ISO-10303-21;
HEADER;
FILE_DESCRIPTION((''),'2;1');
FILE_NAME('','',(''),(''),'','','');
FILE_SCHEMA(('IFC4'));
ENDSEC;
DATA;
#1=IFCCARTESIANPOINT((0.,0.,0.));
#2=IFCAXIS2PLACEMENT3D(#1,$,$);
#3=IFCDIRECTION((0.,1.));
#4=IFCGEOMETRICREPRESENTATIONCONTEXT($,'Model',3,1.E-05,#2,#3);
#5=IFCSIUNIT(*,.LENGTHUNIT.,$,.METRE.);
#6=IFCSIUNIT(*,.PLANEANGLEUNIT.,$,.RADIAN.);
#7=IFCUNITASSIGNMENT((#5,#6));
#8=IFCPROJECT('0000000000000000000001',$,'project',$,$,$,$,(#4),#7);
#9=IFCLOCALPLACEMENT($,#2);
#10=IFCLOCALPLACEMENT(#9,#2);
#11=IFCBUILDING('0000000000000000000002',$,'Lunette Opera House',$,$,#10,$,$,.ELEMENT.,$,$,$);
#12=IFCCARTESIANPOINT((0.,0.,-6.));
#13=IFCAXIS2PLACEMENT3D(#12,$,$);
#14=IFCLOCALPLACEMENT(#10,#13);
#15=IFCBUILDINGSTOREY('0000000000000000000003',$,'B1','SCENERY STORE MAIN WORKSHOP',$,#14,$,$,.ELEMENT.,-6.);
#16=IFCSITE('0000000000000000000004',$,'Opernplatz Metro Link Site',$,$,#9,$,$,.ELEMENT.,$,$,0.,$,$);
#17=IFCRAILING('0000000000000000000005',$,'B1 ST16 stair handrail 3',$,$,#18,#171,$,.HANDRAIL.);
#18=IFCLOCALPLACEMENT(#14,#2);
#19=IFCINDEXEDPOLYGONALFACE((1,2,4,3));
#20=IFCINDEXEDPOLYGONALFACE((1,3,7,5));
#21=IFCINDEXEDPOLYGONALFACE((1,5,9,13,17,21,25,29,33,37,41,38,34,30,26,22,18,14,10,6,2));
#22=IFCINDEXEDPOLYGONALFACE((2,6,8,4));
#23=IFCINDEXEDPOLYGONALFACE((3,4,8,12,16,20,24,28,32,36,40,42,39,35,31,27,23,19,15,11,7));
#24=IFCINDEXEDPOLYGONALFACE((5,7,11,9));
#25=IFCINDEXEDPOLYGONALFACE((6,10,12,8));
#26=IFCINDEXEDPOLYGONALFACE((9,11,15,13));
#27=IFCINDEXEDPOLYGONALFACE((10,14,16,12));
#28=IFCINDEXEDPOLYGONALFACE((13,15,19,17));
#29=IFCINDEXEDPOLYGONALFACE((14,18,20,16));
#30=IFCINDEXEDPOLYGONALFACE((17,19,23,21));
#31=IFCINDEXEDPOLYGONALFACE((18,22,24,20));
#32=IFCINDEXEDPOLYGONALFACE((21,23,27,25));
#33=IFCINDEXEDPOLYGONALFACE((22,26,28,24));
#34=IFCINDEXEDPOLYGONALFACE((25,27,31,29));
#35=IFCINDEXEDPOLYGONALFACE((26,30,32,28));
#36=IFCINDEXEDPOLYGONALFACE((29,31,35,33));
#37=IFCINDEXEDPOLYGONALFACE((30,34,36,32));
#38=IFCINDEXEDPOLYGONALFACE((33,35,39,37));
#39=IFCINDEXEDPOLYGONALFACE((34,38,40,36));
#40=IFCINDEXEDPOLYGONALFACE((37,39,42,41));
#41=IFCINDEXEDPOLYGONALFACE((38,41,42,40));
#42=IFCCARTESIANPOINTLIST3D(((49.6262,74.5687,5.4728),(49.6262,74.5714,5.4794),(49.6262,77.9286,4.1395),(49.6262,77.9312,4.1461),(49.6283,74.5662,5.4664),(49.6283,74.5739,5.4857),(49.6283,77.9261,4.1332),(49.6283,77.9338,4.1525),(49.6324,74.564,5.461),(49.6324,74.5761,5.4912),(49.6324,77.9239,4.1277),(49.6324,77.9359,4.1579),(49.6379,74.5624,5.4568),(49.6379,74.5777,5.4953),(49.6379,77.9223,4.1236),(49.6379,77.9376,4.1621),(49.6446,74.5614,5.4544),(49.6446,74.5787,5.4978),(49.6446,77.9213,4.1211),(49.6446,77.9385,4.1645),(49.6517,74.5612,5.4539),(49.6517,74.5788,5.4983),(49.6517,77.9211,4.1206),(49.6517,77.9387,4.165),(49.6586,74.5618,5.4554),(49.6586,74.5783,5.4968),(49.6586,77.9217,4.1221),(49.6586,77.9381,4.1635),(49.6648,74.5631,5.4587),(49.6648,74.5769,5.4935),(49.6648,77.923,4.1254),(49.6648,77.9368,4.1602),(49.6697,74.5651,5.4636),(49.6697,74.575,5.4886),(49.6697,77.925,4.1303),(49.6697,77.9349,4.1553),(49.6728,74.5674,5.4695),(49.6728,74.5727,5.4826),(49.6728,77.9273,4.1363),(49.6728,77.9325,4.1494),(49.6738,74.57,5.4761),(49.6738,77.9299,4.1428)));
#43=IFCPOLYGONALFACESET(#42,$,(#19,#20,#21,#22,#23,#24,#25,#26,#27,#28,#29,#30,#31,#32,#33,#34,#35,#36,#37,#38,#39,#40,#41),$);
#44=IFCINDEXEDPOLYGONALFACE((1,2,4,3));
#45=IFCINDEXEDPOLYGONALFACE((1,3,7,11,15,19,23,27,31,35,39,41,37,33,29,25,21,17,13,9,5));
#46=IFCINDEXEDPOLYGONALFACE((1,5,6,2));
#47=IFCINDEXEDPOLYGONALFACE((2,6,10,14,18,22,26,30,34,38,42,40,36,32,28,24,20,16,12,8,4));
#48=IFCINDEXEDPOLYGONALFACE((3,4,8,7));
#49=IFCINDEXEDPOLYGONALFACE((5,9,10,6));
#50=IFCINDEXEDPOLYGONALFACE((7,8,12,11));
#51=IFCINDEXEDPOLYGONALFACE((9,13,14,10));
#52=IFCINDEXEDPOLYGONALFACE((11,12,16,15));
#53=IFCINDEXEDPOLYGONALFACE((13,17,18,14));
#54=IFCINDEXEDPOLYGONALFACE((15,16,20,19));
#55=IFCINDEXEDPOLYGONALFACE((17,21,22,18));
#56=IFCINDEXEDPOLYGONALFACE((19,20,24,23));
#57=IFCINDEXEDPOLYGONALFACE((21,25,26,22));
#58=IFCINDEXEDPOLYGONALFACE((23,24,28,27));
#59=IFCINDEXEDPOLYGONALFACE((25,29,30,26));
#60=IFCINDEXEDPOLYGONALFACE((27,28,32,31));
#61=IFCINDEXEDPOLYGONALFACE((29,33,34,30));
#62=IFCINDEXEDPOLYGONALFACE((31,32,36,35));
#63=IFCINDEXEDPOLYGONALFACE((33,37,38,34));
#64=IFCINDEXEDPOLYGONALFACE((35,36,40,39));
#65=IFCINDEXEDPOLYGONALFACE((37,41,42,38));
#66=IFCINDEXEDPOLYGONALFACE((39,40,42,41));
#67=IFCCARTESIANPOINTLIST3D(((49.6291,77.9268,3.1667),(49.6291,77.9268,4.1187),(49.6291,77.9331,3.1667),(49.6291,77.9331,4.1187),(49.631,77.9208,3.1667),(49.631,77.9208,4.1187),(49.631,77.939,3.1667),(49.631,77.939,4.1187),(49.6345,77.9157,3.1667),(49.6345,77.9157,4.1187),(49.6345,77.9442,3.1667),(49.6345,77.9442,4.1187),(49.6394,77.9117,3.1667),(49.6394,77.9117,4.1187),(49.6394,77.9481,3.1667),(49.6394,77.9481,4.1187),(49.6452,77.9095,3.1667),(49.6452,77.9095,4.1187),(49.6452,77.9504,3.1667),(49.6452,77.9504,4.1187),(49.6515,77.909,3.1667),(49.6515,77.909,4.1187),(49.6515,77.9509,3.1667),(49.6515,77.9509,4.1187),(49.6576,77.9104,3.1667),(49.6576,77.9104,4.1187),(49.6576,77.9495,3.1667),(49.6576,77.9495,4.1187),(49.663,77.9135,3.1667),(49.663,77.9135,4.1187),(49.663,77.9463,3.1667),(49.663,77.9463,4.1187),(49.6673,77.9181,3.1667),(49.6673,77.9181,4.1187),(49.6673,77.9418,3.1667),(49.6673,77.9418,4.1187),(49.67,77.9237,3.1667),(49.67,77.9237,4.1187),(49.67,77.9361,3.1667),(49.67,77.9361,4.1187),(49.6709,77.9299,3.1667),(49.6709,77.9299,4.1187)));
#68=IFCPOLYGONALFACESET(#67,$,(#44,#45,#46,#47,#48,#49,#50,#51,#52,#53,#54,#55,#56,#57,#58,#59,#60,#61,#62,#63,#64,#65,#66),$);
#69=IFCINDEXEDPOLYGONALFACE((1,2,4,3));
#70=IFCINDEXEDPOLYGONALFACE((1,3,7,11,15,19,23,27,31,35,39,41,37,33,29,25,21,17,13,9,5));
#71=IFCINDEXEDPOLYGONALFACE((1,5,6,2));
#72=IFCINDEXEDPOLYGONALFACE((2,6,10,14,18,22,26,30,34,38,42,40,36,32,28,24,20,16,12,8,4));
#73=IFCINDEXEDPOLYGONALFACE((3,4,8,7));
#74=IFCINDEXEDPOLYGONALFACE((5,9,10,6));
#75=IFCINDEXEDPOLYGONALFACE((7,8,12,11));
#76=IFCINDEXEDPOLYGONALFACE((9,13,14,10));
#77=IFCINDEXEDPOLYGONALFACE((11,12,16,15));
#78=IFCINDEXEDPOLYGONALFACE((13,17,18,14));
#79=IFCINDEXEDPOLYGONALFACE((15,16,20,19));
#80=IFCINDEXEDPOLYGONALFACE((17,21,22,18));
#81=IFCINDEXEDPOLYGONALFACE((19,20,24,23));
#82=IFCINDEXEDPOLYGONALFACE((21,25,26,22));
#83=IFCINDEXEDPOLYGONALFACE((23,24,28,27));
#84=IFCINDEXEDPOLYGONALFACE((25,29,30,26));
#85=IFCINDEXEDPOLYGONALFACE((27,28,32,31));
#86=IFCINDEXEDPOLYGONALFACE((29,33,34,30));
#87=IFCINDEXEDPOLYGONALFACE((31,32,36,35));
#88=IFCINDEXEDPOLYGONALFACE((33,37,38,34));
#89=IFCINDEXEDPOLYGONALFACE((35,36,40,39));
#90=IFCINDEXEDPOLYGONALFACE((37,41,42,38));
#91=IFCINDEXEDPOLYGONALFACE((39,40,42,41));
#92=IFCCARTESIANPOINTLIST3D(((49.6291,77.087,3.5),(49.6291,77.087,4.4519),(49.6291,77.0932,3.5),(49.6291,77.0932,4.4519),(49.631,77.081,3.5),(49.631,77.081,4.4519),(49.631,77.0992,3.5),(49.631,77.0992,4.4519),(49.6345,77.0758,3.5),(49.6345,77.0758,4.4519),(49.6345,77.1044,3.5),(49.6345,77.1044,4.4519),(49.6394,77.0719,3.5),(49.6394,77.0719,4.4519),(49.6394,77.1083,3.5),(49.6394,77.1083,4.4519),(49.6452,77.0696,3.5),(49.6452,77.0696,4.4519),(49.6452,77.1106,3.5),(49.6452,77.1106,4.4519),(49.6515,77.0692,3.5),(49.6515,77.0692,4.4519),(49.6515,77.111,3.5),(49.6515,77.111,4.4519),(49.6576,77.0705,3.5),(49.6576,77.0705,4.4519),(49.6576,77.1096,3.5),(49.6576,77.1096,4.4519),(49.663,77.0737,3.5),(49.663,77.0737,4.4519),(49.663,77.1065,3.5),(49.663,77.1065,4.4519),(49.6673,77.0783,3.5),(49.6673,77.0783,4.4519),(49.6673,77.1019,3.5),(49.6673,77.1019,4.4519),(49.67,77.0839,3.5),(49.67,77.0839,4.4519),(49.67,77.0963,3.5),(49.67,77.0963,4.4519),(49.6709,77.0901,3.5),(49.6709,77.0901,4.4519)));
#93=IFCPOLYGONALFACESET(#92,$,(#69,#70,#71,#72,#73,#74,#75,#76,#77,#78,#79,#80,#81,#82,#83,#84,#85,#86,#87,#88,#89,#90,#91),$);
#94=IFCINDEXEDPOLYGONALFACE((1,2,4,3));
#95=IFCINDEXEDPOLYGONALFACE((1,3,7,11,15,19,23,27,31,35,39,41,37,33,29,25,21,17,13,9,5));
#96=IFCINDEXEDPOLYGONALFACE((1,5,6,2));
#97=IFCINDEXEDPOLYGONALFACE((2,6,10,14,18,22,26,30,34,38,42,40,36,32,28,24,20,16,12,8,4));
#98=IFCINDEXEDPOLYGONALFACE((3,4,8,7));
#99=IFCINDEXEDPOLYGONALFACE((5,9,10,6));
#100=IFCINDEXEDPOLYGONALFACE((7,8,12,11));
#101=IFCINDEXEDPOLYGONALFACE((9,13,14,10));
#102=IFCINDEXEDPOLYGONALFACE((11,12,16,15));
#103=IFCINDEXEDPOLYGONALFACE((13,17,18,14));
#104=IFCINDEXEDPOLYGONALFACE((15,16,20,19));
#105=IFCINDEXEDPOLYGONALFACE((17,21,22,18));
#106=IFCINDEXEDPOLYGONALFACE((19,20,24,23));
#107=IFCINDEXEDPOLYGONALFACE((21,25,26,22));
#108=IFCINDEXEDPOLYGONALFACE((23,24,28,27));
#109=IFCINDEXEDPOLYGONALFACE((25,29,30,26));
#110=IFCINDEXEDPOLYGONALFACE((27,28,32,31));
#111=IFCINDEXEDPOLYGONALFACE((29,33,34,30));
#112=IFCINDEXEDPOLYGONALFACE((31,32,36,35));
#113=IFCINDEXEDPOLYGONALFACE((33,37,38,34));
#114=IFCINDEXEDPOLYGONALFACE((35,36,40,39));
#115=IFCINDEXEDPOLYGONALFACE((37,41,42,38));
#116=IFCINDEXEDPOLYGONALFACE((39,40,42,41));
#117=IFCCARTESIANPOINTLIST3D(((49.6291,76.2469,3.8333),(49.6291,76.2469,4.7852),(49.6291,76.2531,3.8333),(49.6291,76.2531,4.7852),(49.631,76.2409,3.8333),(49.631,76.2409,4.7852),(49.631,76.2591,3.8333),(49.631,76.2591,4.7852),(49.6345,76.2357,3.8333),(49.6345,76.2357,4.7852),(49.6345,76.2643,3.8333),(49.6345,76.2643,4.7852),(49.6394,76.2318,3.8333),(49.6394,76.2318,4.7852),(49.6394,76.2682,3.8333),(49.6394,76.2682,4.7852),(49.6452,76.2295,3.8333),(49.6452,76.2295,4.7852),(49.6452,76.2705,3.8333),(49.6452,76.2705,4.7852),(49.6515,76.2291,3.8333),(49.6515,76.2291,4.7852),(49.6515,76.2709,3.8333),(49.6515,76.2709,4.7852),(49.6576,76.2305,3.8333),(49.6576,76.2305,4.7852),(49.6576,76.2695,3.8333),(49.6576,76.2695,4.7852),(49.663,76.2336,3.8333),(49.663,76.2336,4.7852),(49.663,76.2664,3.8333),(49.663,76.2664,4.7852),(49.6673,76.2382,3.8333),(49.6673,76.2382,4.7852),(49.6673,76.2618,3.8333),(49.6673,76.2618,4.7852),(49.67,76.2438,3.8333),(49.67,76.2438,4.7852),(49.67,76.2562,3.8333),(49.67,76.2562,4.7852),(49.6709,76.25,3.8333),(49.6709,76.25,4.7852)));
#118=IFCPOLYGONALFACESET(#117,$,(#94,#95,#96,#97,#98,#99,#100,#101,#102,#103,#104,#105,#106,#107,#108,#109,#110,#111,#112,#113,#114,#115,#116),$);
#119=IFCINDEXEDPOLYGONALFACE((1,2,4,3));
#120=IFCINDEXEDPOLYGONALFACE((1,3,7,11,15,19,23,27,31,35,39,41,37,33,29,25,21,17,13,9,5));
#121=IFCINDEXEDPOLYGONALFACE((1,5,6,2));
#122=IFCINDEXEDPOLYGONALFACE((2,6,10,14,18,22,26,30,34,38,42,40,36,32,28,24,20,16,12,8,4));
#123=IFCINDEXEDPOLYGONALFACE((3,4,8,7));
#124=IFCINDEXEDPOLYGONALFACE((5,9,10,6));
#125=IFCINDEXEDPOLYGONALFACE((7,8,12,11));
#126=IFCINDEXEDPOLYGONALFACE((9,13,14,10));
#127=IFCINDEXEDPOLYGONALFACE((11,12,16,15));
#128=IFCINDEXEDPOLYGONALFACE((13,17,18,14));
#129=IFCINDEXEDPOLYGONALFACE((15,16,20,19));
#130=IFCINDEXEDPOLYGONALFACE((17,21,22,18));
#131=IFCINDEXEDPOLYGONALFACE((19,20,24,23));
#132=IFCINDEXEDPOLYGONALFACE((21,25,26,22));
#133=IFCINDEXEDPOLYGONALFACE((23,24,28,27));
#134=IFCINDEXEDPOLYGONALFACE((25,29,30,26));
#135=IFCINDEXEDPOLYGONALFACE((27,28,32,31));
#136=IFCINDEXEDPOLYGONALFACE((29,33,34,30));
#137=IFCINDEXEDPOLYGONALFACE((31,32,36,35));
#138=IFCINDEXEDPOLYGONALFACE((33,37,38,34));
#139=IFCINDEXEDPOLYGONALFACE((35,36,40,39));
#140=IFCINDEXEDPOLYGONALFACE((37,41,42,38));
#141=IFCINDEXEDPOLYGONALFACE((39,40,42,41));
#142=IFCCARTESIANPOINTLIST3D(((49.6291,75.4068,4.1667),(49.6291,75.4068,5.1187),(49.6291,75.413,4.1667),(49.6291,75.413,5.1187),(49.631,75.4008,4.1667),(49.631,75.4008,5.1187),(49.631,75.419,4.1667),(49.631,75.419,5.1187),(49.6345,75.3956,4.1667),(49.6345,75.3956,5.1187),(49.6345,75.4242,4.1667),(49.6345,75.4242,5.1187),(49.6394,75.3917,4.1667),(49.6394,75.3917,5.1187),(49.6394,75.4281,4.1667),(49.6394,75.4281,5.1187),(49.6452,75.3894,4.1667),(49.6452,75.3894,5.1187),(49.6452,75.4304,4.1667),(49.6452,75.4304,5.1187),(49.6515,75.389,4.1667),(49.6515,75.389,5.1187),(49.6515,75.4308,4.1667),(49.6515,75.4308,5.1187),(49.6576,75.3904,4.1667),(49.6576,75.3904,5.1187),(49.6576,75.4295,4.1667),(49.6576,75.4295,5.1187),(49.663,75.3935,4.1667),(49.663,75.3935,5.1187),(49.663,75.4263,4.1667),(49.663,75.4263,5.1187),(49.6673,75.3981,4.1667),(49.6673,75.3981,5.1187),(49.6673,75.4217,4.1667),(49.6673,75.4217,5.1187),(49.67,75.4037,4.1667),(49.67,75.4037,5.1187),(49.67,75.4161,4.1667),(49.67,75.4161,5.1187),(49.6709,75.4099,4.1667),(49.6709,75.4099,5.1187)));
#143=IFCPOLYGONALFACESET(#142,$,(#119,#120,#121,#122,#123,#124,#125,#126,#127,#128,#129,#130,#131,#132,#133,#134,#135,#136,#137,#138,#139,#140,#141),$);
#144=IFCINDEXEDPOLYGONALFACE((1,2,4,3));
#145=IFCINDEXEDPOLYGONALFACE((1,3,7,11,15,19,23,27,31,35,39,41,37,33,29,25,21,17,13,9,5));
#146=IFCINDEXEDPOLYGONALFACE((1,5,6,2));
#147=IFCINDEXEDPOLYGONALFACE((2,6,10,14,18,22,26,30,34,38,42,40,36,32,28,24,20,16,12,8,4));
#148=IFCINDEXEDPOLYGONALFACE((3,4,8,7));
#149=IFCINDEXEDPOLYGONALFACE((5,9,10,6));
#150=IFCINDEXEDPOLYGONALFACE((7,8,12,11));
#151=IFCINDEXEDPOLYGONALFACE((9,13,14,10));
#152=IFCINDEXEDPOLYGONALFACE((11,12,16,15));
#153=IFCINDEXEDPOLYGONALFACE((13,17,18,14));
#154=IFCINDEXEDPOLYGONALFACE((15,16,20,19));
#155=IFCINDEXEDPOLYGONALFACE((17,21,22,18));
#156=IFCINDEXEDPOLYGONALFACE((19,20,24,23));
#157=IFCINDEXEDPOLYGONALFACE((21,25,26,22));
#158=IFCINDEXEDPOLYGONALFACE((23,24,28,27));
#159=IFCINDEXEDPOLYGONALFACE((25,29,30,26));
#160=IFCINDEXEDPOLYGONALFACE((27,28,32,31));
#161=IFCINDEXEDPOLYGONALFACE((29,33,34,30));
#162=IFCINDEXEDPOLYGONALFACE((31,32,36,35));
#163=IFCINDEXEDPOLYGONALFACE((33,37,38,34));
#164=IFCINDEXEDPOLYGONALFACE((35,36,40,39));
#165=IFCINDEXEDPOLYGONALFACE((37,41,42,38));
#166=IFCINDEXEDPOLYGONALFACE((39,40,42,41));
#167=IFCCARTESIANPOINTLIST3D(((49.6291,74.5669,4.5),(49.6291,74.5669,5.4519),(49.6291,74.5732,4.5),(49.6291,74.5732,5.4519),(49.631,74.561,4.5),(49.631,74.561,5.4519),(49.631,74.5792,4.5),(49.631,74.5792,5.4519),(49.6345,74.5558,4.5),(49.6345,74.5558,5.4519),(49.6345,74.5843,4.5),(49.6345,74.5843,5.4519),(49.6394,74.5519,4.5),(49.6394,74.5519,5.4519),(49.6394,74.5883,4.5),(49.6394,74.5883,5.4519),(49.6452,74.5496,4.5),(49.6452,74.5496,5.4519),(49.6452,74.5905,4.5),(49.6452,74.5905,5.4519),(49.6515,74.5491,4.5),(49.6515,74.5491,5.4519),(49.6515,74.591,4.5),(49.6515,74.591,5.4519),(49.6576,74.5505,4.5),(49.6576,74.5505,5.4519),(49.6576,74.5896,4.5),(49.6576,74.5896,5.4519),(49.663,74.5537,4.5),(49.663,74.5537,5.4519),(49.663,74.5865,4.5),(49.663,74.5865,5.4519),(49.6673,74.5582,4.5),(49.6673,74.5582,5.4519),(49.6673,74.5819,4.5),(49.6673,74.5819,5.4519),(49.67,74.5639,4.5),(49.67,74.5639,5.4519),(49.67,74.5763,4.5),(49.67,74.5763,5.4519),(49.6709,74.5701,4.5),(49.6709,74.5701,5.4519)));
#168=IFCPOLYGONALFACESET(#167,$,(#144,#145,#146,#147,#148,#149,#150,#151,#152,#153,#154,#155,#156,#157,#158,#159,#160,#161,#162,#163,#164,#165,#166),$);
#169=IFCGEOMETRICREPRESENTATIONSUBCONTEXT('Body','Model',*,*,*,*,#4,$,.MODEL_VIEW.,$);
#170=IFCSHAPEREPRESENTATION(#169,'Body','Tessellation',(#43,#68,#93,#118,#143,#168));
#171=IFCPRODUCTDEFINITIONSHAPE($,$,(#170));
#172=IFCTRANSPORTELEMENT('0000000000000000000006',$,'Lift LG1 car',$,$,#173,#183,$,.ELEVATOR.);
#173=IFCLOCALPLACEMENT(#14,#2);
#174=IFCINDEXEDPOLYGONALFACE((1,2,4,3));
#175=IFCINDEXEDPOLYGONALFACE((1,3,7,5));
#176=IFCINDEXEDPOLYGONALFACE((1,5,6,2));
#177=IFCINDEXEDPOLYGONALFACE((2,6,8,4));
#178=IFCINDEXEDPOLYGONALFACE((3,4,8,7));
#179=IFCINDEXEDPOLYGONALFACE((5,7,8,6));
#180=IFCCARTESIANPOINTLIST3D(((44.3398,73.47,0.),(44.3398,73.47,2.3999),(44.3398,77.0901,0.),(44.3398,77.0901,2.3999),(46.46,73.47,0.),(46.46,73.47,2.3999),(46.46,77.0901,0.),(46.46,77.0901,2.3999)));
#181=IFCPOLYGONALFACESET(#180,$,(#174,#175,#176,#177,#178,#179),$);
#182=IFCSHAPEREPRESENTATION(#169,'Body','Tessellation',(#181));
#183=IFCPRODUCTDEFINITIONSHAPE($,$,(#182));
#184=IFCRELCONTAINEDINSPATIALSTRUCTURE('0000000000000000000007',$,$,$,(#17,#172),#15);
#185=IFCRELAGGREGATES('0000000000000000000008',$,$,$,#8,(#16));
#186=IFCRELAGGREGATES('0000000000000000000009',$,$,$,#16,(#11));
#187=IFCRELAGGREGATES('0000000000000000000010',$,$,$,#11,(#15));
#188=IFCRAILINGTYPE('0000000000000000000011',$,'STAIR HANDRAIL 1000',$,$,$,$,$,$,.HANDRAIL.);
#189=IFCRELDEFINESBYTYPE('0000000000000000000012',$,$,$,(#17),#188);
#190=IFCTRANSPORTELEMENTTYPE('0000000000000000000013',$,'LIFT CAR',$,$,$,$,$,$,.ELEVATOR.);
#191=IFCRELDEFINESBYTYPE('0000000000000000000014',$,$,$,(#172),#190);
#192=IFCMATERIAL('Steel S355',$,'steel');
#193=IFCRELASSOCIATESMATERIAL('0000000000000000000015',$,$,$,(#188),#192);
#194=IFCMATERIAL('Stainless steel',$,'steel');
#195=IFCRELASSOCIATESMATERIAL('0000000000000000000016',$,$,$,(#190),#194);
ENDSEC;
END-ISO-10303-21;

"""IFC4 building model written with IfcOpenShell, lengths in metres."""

from ifc_helpers import new_model, si_unit, direction, frame, origin, origin_2d, place, context, subcontext, project, spatial, rectangle, circle, extrude, material, type_object, element, save


model = new_model("IFC4")

# Units and contexts
model_context = context("Model", 3, precision=1e-05, world=origin(), true_north=direction((0.0, 1.0)))
body_context = subcontext(model_context, "Body", "Model", "MODEL_VIEW")
ifc_project = project(units=[si_unit("LENGTHUNIT", "METRE"), si_unit("PLANEANGLEUNIT", "RADIAN")], contexts=[model_context])

# Site, building, storey
site_placement = place(None, origin())
site = spatial("IfcSite", under=ifc_project, at=site_placement, Name="Opernplatz Metro Link Site", CompositionType="ELEMENT", RefElevation=0.0)
building_placement = place(site_placement, origin())
building = spatial("IfcBuilding", under=site, at=building_placement, Name="Lunette Opera House", CompositionType="ELEMENT")
storey_placement = place(building_placement, frame((0.0, 0.0, -6.0)))
storey = spatial("IfcBuildingStorey", under=building, at=storey_placement, Name="B1", Description="SCENERY STORE MAIN WORKSHOP", CompositionType="ELEMENT", Elevation=-6.0)

# Railing
ifc_material_1 = material(Name="Steel S355", Category="steel")
railing_type_1 = type_object("IfcRailingType", Name="STAIR HANDRAIL 1000", PredefinedType="HANDRAIL", material=ifc_material_1)
for number, where, name in (
    (1, (49.6499, 77.9299, 3.1667), "B1 ST16 stair handrail 3"),
):
    element("IfcRailing", number, at=place(storey_placement, frame(where)), inside=storey, type_object=railing_type_1, Name=name, PredefinedType="HANDRAIL", context=body_context, shape_type="SweptSolid", body=[
        extrude(circle(Radius=0.0239, at=origin_2d()), frame((0.0, 0.0, 0.9761), z_axis=(0.0, -0.929493, 0.368839), x_axis=(1.0, 0.0, 0.0)), (0.0, 0.0, 1.0), 3.6147),
        extrude(circle(Radius=0.021, at=origin_2d()), origin(), (0.0, 0.0, 1.0), 0.9519),
        extrude(circle(Radius=0.021, at=origin_2d()), frame((0.0, -0.8398, 0.3333)), (0.0, 0.0, 1.0), 0.9519),
        extrude(circle(Radius=0.021, at=origin_2d()), frame((0.0, -1.6799, 0.6665)), (0.0, 0.0, 1.0), 0.9519),
        extrude(circle(Radius=0.021, at=origin_2d()), frame((0.0, -2.52, 1.0)), (0.0, 0.0, 1.0), 0.9519),
        extrude(circle(Radius=0.021, at=origin_2d()), frame((0.0, -3.3599, 1.3333)), (0.0, 0.0, 1.0), 0.9519),
    ])

# Transport element
ifc_material_2 = material(Name="Stainless steel", Category="steel")
transport_element_type = type_object("IfcTransportElementType", Name="LIFT CAR", PredefinedType="ELEVATOR", material=ifc_material_2)
transport_element_placement = place(storey_placement, frame((45.3999, 75.28, 0.0), z_axis=(0.0, 0.0, 1.0), x_axis=(-1.0, 0.0, 0.0)))
element("IfcTransportElement", 2, at=transport_element_placement, inside=storey, type_object=transport_element_type, Name="Lift LG1 car", PredefinedType="ELEVATOR", context=body_context, shape_type="SweptSolid", body=[
    extrude(rectangle(XDim=2.1201, YDim=3.6201, at=origin_2d()), origin(), (0.0, 0.0, 1.0), 2.3999),
])

save(model, "model.ifc")
